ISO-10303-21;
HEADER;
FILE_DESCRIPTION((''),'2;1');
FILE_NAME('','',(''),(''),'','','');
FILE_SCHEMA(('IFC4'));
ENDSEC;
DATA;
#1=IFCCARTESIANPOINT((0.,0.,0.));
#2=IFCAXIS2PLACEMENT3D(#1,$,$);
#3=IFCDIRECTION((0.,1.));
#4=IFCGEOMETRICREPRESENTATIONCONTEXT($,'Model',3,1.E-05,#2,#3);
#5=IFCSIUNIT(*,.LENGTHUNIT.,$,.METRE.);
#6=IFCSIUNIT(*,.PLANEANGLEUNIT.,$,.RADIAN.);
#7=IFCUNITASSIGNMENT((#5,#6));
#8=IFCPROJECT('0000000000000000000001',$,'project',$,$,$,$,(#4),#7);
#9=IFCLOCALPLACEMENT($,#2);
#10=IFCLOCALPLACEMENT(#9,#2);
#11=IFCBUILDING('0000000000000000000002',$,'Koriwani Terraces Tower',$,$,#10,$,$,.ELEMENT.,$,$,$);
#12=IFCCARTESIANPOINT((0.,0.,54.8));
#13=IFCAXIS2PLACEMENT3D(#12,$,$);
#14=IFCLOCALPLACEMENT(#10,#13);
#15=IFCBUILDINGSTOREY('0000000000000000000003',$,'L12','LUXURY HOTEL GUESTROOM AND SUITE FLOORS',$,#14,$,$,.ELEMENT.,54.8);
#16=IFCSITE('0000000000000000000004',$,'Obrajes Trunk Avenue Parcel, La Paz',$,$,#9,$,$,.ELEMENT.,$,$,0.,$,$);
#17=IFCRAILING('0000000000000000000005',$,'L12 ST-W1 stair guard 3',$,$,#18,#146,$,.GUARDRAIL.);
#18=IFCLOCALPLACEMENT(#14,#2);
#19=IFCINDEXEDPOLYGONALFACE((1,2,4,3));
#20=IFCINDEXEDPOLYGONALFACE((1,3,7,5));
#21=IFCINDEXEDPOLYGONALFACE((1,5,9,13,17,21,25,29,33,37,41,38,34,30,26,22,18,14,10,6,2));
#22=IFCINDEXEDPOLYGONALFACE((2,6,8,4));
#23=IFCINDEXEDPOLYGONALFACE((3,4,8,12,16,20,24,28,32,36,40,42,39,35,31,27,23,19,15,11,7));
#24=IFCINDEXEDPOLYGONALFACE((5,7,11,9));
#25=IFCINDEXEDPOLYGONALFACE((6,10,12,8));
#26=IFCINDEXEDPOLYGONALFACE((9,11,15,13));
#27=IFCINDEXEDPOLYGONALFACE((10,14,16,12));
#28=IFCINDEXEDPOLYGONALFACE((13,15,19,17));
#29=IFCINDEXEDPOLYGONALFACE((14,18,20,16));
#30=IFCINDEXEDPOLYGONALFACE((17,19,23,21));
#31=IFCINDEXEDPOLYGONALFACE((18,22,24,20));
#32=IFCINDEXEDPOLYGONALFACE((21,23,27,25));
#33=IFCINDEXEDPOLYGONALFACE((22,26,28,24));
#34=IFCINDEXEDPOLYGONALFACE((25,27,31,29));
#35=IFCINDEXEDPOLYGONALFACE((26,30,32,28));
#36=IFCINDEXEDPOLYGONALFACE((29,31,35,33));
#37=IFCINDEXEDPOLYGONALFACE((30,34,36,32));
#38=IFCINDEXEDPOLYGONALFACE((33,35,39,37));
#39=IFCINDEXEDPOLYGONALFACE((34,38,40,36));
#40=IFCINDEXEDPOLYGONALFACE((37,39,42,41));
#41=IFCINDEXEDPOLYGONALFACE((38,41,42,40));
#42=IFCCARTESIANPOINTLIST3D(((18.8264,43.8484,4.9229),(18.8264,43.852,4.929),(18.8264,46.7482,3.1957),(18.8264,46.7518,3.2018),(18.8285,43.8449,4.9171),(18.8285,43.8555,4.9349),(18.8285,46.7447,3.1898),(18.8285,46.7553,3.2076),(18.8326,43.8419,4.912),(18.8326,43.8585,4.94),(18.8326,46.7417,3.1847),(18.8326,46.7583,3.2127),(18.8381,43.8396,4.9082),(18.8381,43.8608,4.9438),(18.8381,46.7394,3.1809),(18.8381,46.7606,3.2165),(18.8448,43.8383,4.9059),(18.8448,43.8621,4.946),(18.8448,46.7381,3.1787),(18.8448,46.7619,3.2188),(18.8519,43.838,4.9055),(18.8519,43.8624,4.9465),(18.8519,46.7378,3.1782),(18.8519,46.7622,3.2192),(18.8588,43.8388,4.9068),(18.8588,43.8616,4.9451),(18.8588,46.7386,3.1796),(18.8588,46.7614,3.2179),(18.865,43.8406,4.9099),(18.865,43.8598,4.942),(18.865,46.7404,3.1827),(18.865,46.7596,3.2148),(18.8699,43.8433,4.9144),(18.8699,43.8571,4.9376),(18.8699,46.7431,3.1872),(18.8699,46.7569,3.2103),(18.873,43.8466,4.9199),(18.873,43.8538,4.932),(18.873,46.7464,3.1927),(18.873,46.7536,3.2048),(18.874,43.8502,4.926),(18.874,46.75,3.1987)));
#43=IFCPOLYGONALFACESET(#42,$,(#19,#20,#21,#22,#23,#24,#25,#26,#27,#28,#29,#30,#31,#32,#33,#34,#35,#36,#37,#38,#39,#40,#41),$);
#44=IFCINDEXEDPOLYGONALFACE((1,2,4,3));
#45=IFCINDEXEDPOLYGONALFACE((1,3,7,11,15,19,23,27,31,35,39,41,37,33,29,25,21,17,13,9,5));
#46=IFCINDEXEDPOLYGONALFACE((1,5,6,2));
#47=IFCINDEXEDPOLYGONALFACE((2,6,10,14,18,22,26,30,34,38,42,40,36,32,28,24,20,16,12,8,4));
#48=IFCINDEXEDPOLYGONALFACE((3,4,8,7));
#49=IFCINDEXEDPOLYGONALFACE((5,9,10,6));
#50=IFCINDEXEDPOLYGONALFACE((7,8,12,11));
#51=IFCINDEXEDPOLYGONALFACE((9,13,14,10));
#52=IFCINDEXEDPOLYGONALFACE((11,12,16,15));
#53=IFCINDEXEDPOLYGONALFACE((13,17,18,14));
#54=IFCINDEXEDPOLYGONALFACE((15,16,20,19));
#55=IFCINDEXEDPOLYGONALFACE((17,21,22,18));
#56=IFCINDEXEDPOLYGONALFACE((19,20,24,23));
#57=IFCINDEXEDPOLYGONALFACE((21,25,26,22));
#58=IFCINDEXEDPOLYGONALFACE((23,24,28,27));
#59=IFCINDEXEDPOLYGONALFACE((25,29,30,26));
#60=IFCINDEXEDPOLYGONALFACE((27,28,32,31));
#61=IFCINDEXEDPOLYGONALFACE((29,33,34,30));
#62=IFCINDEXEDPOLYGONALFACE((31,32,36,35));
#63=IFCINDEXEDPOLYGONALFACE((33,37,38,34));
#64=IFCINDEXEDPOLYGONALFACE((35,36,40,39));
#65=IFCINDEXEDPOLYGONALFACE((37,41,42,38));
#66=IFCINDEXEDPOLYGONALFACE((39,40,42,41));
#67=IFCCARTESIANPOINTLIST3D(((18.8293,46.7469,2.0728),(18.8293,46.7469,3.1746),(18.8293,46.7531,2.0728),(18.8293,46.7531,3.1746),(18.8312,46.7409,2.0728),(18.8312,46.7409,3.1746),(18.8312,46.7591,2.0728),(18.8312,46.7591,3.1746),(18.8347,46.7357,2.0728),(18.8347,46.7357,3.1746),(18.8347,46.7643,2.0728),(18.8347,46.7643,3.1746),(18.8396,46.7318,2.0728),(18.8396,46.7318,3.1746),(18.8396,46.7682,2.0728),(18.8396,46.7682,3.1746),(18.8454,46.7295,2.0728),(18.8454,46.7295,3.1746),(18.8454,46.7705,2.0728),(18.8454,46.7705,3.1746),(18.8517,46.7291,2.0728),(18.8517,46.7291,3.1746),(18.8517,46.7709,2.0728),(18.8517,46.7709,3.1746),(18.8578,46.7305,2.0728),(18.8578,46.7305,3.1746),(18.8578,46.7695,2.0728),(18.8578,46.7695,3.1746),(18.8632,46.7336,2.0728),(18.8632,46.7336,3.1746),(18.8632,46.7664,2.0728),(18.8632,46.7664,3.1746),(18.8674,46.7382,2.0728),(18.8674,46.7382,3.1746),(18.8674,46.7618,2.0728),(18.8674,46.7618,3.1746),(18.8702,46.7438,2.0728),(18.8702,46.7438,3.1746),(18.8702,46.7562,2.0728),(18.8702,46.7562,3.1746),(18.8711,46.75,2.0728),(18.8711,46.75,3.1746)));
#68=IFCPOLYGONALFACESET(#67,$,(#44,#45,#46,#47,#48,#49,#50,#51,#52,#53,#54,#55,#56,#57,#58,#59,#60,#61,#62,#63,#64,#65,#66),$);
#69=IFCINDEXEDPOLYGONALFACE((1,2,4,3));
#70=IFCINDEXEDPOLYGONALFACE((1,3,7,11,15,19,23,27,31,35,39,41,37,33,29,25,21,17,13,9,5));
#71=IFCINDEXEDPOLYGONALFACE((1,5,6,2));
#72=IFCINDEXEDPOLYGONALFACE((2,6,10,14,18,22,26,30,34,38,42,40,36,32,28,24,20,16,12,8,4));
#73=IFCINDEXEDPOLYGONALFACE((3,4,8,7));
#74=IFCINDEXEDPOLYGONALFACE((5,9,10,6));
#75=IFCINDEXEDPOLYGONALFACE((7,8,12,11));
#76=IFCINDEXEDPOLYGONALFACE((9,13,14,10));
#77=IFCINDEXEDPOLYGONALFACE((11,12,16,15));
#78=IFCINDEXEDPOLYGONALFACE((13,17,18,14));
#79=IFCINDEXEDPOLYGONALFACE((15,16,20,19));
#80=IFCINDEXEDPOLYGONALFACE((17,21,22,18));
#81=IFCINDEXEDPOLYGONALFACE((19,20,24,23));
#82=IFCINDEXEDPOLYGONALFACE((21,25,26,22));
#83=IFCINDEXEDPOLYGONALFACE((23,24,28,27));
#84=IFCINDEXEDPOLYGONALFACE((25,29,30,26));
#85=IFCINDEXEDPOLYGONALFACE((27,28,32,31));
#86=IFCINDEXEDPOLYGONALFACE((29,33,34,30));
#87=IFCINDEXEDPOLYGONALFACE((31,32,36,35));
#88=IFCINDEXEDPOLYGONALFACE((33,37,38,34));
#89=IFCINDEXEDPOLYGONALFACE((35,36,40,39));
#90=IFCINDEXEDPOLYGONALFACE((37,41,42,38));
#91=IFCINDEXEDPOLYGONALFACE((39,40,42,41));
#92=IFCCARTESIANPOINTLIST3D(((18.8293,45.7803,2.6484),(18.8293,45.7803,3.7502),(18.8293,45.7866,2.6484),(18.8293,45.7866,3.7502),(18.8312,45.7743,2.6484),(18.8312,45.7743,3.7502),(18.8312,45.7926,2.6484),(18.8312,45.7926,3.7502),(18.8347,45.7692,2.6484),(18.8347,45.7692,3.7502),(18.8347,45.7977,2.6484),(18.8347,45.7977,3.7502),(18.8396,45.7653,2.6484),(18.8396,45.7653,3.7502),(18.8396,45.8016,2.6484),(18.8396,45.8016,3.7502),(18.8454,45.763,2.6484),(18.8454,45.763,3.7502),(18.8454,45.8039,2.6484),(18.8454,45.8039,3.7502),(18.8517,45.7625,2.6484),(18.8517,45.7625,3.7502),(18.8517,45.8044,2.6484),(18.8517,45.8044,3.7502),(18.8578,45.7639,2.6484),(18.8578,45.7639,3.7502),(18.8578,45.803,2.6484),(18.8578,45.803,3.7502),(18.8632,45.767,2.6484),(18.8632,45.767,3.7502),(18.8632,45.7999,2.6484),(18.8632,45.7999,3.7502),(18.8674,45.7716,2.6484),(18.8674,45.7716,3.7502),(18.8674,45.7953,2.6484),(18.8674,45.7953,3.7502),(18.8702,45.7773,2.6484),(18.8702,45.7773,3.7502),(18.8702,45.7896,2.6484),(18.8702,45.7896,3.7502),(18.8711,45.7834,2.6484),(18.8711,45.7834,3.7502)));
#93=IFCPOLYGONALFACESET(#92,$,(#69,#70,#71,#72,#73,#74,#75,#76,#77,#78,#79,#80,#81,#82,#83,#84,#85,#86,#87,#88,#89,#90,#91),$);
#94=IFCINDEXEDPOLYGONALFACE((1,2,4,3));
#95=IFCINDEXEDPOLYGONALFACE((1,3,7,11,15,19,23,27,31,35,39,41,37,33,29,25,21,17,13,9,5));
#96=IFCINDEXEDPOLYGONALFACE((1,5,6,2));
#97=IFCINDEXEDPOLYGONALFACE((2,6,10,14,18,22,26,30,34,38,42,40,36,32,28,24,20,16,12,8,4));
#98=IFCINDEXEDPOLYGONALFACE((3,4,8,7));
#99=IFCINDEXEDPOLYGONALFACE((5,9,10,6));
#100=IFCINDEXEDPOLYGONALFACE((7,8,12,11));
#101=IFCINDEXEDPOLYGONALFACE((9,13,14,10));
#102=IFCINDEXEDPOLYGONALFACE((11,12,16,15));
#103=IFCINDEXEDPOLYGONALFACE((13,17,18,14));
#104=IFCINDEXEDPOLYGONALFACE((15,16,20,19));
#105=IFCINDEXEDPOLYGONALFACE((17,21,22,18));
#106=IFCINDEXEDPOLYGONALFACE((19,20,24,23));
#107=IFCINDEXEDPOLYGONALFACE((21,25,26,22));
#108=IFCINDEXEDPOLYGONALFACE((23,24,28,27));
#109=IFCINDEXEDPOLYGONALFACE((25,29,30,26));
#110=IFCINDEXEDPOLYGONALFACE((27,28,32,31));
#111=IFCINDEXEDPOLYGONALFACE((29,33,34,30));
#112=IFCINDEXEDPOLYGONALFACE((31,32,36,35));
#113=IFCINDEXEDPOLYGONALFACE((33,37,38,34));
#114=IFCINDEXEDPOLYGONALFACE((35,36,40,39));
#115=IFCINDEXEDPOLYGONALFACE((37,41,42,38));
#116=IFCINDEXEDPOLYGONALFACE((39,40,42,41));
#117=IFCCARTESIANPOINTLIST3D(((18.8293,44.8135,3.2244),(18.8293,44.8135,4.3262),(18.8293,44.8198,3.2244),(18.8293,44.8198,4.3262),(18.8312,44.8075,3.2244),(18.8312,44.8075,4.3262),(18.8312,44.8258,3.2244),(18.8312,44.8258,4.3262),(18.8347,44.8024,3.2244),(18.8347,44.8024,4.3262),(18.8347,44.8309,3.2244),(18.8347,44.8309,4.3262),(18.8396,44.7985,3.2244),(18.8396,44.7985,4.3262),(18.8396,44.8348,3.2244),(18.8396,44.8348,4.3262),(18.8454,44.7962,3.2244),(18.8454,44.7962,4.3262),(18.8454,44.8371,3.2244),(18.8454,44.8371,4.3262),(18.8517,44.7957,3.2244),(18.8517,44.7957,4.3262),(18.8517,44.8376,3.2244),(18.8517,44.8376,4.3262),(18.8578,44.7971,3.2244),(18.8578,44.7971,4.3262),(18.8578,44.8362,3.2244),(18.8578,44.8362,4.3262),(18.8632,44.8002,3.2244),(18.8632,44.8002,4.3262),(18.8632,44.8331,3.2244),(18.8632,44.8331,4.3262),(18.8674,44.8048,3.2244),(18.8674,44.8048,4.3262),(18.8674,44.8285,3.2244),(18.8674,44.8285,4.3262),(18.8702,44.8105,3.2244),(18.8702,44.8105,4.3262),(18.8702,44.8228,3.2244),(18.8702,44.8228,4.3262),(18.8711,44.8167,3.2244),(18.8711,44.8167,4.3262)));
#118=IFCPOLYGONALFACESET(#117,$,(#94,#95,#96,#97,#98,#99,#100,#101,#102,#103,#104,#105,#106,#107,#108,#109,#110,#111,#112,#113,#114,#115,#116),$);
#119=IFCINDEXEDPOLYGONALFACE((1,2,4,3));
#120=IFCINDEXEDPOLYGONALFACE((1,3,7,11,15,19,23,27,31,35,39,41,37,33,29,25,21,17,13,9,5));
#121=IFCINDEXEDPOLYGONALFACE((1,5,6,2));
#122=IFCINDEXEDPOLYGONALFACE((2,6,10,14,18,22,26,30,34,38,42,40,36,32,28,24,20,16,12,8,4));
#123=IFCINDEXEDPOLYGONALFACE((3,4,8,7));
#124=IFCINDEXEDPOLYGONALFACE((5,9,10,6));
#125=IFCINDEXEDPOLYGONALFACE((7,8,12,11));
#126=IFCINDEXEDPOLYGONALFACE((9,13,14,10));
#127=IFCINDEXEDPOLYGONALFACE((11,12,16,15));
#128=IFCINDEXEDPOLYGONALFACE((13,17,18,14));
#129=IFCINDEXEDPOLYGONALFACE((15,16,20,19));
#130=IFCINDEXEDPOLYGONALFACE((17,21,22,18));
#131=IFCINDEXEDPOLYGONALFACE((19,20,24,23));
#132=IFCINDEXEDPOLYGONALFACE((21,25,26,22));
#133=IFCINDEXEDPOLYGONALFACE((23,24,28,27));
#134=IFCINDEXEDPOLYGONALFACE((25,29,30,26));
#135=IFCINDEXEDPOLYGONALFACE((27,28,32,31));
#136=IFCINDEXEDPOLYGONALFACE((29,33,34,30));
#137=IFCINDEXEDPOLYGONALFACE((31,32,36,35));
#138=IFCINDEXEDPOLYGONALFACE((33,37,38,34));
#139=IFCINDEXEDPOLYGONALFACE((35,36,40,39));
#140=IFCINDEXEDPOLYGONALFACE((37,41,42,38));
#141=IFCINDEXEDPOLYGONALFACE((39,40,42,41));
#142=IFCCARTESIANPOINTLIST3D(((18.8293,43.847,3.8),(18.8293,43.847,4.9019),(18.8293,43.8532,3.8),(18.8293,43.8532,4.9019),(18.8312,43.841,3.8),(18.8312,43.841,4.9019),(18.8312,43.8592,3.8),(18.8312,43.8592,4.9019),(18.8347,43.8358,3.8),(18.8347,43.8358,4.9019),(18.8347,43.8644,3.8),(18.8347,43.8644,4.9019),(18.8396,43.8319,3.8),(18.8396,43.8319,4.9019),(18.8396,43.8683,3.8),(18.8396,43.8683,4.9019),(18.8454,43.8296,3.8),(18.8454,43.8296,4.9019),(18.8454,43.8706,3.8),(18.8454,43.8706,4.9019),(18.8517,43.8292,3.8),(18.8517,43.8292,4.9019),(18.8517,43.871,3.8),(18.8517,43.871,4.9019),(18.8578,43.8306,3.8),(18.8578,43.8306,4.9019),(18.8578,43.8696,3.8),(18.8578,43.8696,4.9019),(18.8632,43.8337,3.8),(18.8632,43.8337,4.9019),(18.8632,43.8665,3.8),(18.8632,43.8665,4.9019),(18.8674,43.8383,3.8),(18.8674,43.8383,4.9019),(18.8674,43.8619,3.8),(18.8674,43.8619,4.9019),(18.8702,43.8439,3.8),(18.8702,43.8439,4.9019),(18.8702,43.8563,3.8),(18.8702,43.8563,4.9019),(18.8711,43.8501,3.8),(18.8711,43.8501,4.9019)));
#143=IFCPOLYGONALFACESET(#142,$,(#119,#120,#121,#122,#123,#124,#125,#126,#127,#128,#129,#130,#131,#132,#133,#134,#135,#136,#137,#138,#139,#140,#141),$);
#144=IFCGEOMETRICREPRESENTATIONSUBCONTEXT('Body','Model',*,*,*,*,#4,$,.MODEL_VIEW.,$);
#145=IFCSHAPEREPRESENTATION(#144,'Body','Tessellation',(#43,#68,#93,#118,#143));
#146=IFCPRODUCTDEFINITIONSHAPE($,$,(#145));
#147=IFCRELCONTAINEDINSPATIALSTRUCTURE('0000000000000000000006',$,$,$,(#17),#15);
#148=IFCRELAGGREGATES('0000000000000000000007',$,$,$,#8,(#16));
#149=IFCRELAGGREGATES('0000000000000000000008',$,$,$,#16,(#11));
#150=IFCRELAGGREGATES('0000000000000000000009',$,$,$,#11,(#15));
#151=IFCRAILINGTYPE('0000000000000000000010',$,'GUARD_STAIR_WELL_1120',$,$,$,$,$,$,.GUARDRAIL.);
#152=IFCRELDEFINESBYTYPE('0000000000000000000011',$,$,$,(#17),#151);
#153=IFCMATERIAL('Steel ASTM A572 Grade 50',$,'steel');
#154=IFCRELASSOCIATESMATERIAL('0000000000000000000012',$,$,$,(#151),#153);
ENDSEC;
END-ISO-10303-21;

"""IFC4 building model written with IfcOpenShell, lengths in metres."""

from ifc_helpers import new_model, si_unit, direction, frame, origin, origin_2d, place, context, subcontext, project, spatial, circle, extrude, material, type_object, element, save


model = new_model("IFC4")

# Units and contexts
model_context = context("Model", 3, precision=1e-05, world=origin(), true_north=direction((0.0, 1.0)))
body_context = subcontext(model_context, "Body", "Model", "MODEL_VIEW")
ifc_project = project(units=[si_unit("LENGTHUNIT", "METRE"), si_unit("PLANEANGLEUNIT", "RADIAN")], contexts=[model_context])

# Site, building, storey
site_placement = place(None, origin())
site = spatial("IfcSite", under=ifc_project, at=site_placement, Name="Obrajes Trunk Avenue Parcel, La Paz", CompositionType="ELEMENT", RefElevation=0.0)
building_placement = place(site_placement, origin())
building = spatial("IfcBuilding", under=site, at=building_placement, Name="Koriwani Terraces Tower", CompositionType="ELEMENT")
storey_placement = place(building_placement, frame((0.0, 0.0, 54.8)))
storey = spatial("IfcBuildingStorey", under=building, at=storey_placement, Name="L12", Description="LUXURY HOTEL GUESTROOM AND SUITE FLOORS", CompositionType="ELEMENT", Elevation=54.8)

# Shared definitions
ifc_material_1 = material(Name="Steel ASTM A572 Grade 50", Category="steel")

# Railing
railing_type_1 = type_object("IfcRailingType", Name="GUARD_STAIR_WELL_1120", PredefinedType="GUARDRAIL", material=ifc_material_1)
for number, where, name in (
    (1, (18.8501, 46.75, 2.0728), "L12 ST-W1 stair guard 3"),
):
    element("IfcRailing", number, at=place(storey_placement, frame(where)), inside=storey, type_object=railing_type_1, Name=name, PredefinedType="GUARDRAIL", context=body_context, shape_type="SweptSolid", body=[
        extrude(circle(Radius=0.0239, at=origin_2d()), frame((0.0, 0.0, 1.126), z_axis=(0.0, -0.859141, 0.511738), x_axis=(1.0, 0.0, 0.0)), (0.0, 0.0, 1.0), 3.3752),
        extrude(circle(Radius=0.021, at=origin_2d()), origin(), (0.0, 0.0, 1.0), 1.1018),
        extrude(circle(Radius=0.021, at=origin_2d()), frame((0.0, -0.9666, 0.5757)), (0.0, 0.0, 1.0), 1.1018),
        extrude(circle(Radius=0.021, at=origin_2d()), frame((0.0, -1.9333, 1.1516)), (0.0, 0.0, 1.0), 1.1018),
        extrude(circle(Radius=0.021, at=origin_2d()), frame((0.0, -2.8999, 1.7273)), (0.0, 0.0, 1.0), 1.1018),
    ])

save(model, "model.ifc")
